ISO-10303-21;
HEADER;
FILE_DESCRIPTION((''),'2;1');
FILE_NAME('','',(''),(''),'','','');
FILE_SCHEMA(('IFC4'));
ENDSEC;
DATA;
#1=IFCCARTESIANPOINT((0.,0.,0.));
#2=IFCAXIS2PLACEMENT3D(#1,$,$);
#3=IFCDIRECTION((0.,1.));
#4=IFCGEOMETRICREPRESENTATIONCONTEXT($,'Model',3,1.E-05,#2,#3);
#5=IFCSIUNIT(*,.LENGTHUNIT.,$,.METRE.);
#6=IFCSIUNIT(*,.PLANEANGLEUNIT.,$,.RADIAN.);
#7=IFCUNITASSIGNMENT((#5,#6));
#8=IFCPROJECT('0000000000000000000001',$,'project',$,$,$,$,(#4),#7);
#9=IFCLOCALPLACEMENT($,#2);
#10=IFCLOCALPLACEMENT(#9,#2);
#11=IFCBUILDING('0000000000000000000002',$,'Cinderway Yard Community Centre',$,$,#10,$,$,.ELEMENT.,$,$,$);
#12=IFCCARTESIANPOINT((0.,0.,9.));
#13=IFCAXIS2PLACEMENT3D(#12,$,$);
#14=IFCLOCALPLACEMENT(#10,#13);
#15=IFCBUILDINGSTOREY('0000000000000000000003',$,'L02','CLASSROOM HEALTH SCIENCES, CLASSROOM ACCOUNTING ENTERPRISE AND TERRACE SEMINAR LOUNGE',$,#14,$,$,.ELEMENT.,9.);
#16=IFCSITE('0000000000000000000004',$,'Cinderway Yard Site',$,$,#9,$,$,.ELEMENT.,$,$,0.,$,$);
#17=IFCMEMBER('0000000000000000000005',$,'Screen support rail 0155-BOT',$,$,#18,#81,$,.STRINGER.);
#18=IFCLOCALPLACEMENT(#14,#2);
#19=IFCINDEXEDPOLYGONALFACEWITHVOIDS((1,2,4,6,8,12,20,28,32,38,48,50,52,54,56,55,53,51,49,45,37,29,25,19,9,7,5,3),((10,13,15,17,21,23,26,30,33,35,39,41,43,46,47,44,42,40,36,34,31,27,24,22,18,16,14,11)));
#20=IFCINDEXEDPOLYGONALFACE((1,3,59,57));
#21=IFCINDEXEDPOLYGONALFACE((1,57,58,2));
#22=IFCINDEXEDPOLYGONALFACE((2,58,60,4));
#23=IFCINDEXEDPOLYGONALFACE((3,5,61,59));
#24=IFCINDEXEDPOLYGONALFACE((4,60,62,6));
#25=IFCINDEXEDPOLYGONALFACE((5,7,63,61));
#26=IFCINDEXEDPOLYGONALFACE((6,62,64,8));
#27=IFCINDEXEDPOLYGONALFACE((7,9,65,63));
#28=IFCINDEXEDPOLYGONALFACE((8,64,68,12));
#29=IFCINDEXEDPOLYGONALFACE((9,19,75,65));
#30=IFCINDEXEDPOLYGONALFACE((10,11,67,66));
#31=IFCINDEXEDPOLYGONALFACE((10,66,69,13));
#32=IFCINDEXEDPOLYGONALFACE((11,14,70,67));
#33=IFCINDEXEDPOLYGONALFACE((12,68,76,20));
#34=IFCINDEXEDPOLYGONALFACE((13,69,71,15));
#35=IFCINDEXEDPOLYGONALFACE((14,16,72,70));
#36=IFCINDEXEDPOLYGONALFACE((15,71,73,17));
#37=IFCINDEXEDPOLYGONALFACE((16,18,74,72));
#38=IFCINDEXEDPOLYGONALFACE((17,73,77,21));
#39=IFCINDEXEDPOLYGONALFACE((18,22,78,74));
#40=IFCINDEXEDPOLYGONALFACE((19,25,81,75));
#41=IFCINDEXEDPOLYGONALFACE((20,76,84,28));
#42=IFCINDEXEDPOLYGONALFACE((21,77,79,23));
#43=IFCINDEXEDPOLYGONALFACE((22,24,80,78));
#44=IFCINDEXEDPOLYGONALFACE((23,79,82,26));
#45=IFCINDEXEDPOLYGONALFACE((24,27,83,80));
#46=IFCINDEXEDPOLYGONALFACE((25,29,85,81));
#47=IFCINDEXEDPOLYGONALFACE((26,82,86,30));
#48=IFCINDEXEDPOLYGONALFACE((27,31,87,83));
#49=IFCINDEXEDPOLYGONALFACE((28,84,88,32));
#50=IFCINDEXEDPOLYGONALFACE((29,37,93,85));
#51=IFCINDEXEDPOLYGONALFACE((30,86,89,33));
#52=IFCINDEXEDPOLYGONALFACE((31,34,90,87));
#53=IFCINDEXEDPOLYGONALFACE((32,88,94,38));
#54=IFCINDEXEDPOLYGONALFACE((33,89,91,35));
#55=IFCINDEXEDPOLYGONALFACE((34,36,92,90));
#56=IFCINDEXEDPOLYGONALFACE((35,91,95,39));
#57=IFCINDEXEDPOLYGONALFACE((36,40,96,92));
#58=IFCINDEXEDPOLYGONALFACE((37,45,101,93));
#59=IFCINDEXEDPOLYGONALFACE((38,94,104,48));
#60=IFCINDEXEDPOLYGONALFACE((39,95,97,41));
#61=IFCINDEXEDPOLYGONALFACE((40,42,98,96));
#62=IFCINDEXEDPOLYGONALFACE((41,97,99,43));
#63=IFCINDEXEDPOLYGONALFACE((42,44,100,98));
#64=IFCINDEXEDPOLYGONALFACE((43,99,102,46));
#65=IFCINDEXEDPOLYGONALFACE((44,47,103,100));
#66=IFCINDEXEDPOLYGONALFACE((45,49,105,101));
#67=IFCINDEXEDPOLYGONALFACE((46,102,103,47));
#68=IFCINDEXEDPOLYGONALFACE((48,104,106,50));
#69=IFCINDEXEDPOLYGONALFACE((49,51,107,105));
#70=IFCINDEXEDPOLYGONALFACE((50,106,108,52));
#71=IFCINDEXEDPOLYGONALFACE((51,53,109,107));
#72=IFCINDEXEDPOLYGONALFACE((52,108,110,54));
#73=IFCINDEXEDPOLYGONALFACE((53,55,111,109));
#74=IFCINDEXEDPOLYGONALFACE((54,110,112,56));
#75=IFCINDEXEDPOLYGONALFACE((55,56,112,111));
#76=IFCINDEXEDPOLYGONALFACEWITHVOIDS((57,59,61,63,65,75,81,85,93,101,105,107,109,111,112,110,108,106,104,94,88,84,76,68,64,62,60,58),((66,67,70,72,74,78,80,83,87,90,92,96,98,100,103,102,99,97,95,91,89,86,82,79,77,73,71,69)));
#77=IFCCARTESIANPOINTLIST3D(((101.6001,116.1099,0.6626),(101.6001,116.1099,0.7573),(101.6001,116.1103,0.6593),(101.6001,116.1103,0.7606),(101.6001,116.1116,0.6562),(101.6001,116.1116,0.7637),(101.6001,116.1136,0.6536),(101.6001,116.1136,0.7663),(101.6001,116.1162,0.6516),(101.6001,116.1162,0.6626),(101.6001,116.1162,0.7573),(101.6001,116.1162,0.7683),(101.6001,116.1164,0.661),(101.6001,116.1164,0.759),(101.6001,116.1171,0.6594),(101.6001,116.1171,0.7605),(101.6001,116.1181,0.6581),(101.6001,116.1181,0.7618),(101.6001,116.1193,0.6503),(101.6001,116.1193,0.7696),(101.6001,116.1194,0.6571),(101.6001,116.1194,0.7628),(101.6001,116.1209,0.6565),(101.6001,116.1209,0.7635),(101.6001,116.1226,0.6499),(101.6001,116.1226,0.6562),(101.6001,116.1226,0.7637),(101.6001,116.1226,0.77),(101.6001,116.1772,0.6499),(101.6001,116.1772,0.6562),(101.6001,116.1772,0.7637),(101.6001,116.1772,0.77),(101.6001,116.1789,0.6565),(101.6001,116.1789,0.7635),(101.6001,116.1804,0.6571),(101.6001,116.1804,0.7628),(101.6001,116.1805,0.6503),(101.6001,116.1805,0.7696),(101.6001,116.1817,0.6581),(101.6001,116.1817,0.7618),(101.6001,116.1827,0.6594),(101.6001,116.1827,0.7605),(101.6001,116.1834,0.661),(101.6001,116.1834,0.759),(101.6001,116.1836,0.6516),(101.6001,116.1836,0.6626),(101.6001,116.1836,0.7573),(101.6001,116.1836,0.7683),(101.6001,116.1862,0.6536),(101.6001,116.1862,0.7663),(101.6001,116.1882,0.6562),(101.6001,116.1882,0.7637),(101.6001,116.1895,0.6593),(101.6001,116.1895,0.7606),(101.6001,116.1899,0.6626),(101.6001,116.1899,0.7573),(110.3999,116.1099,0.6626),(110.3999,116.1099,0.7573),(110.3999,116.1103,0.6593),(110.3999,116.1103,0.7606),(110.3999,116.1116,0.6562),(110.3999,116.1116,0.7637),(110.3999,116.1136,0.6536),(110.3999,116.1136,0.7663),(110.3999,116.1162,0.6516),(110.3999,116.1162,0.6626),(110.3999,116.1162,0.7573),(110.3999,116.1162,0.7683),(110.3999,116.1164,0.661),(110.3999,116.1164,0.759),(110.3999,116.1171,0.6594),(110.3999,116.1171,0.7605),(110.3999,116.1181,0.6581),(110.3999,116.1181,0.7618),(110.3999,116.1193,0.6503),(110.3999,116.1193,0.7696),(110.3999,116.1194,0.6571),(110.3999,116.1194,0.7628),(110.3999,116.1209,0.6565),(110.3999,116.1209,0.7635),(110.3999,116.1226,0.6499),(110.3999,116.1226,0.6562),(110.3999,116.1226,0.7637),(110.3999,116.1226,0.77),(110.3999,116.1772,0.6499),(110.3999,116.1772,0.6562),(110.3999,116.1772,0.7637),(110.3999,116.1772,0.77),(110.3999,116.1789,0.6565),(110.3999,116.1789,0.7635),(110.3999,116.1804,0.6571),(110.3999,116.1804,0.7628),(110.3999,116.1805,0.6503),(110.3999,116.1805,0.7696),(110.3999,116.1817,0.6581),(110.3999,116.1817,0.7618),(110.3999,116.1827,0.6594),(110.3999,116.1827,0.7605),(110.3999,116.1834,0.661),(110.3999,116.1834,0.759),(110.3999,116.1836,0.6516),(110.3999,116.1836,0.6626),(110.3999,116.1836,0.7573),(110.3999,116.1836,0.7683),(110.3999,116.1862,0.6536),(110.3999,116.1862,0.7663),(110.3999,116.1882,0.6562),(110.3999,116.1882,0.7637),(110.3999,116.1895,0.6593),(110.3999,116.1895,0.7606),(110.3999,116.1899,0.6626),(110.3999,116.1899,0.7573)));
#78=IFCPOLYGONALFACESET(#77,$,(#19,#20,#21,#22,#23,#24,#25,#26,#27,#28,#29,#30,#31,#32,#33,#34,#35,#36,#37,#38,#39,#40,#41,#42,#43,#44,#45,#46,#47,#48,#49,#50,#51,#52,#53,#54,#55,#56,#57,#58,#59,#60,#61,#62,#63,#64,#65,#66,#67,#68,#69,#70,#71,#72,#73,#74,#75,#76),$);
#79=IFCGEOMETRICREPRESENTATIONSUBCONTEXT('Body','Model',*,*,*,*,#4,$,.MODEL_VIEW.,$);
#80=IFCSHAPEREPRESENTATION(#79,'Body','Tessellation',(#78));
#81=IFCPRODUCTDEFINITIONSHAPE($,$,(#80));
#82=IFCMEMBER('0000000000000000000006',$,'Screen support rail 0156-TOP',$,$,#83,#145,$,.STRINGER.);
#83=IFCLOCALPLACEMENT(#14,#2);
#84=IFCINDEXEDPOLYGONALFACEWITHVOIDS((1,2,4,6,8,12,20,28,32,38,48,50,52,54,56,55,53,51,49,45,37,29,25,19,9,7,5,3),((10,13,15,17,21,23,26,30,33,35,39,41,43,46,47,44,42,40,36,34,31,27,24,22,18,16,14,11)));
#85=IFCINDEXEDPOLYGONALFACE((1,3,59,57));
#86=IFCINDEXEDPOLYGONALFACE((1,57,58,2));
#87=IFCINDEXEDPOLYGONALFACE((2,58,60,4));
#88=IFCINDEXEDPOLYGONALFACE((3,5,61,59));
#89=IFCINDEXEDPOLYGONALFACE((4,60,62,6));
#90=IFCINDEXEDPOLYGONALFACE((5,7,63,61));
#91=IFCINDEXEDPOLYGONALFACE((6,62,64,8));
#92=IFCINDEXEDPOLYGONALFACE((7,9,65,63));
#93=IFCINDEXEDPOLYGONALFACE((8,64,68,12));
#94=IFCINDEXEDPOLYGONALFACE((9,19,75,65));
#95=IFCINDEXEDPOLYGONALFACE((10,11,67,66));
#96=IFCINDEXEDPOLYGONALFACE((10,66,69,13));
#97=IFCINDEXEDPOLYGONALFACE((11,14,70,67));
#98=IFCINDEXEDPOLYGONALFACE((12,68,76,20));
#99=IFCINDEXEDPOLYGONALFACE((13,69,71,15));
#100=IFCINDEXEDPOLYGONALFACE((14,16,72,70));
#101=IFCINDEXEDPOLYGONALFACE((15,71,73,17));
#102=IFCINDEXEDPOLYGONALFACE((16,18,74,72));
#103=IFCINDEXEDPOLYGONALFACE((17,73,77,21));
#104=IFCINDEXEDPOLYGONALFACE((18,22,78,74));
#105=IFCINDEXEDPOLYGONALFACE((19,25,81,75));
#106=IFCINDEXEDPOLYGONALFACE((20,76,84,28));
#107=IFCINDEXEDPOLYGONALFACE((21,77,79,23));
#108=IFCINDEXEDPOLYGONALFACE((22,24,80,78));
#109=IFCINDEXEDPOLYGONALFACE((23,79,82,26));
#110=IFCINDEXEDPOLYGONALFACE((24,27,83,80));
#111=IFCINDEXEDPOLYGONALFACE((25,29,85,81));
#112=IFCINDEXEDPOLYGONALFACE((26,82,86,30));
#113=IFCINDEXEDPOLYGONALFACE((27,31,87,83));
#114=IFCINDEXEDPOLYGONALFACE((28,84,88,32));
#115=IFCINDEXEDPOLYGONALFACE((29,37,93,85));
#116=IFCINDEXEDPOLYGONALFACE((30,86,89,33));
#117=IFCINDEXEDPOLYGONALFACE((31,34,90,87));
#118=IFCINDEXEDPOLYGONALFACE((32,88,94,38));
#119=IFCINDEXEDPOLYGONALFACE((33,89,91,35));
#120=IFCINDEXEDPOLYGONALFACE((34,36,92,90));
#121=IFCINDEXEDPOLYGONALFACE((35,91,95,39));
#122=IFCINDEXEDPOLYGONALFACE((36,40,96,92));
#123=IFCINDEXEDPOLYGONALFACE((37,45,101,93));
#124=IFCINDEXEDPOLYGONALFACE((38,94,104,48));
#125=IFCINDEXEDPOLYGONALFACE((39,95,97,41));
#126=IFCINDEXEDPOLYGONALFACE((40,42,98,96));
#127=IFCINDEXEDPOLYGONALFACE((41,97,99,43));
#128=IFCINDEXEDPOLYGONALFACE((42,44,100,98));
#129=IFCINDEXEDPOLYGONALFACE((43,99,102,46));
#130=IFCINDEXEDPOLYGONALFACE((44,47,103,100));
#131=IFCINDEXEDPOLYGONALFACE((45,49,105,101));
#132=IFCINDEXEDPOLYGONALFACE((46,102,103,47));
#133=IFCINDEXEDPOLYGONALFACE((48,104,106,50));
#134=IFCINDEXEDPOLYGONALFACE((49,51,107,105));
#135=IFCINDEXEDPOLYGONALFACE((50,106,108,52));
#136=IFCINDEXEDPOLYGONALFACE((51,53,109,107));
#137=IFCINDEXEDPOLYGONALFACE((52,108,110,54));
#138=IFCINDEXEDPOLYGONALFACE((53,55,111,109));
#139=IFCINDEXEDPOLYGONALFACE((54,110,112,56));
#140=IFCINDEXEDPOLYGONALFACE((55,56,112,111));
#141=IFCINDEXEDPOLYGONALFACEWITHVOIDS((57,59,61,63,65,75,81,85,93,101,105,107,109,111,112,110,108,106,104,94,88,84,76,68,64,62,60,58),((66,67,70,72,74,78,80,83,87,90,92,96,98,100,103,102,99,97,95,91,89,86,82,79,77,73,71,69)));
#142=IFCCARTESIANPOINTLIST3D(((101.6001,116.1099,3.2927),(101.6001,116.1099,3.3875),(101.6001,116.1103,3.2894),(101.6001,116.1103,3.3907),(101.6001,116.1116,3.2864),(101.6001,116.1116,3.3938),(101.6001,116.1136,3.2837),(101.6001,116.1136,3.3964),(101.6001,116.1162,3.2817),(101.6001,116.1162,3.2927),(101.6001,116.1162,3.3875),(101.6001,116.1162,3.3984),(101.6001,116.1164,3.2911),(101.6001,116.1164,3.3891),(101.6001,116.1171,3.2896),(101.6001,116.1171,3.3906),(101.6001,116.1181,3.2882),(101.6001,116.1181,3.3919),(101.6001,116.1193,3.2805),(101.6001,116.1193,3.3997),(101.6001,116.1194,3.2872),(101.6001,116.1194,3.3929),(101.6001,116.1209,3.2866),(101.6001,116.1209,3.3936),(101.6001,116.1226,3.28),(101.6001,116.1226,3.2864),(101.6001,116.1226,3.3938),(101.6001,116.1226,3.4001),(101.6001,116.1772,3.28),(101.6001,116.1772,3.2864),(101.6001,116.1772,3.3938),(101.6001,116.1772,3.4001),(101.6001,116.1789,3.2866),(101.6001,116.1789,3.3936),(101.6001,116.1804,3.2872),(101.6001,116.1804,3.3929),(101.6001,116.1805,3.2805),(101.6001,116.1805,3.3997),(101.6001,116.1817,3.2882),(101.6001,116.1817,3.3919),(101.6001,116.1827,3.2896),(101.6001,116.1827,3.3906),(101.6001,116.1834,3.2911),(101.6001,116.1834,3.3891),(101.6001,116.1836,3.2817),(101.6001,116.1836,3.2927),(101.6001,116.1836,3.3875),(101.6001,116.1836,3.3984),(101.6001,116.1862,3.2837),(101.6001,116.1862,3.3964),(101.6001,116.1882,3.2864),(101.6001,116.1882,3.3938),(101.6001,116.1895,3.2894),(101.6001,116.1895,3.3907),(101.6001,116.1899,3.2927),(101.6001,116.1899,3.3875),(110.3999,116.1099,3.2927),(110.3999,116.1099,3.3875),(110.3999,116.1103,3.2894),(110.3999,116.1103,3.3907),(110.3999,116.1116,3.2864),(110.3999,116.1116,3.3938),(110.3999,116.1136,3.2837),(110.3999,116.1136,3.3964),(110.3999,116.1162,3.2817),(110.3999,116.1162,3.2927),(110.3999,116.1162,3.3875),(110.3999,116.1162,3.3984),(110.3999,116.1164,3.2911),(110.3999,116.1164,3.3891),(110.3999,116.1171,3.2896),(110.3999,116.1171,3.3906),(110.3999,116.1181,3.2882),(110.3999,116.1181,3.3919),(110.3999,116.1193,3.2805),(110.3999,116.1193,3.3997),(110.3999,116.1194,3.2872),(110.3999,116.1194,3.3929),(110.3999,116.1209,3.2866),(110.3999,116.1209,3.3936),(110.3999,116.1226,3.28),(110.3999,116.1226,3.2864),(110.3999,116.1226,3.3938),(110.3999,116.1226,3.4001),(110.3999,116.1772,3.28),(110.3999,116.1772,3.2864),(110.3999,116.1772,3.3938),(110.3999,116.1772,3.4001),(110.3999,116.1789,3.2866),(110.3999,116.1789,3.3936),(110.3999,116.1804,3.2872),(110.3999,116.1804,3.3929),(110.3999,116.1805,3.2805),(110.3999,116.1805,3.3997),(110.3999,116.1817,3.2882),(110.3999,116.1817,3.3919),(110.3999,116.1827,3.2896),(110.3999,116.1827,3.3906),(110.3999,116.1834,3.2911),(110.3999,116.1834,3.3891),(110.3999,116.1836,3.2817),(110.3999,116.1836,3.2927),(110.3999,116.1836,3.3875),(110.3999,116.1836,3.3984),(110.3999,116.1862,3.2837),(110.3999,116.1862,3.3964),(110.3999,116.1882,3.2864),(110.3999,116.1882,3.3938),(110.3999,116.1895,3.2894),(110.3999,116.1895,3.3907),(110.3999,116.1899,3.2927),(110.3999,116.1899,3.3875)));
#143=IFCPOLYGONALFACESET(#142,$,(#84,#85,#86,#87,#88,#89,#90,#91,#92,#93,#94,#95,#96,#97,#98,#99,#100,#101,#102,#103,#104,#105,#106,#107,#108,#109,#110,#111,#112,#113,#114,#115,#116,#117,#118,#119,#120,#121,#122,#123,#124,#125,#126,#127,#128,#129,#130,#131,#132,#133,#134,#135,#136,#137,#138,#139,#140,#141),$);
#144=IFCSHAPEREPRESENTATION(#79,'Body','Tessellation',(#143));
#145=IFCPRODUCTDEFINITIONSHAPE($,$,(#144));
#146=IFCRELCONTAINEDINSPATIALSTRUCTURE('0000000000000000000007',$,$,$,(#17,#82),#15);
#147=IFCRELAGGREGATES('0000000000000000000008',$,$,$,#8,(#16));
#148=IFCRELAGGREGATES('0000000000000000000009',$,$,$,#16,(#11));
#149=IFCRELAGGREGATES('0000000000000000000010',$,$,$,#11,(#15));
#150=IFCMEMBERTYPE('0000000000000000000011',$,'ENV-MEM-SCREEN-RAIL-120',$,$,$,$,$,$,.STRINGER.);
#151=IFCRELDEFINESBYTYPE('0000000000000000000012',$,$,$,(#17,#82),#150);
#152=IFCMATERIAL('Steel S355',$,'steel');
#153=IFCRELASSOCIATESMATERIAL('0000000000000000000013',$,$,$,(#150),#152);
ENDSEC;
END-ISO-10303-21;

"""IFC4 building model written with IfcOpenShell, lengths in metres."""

from ifc_helpers import new_model, si_unit, direction, frame, origin, origin_2d, place, context, subcontext, project, spatial, hollow_rectangle, extrude, material, material_profile, profile_set, type_object, element, save


model = new_model("IFC4")

# Units and contexts
model_context = context("Model", 3, precision=1e-05, world=origin(), true_north=direction((0.0, 1.0)))
body_context = subcontext(model_context, "Body", "Model", "MODEL_VIEW")
ifc_project = project(units=[si_unit("LENGTHUNIT", "METRE"), si_unit("PLANEANGLEUNIT", "RADIAN")], contexts=[model_context])

# Site, building, storey
site_placement = place(None, origin())
site = spatial("IfcSite", under=ifc_project, at=site_placement, Name="Cinderway Yard Site", CompositionType="ELEMENT", RefElevation=0.0)
building_placement = place(site_placement, origin())
building = spatial("IfcBuilding", under=site, at=building_placement, Name="Cinderway Yard Community Centre", CompositionType="ELEMENT")
storey_placement = place(building_placement, frame((0.0, 0.0, 9.0)))
storey = spatial("IfcBuildingStorey", under=building, at=storey_placement, Name="L02", Description="CLASSROOM HEALTH SCIENCES, CLASSROOM ACCOUNTING ENTERPRISE AND TERRACE SEMINAR LOUNGE", CompositionType="ELEMENT", Elevation=9.0)

# Members
ifc_material_1 = material(Name="Steel S355", Category="steel")
ifc_material_profile = material_profile(ifc_material_1, hollow_rectangle(XDim=0.0801, YDim=0.1201, WallThickness=0.0063, InnerFilletRadius=0.0063, OuterFilletRadius=0.0127, at=origin_2d()), Name="Steel S355")
ifc_profile_set = profile_set([ifc_material_profile], Name="Steel S355")
member_type = type_object("IfcMemberType", Name="ENV-MEM-SCREEN-RAIL-120", PredefinedType="STRINGER", material=ifc_profile_set)
for number, where, z_axis, x_axis, name in (
    (1, (101.6001, 116.1499, 0.71), (1.0, 0.0, 0.0), (0.0, 1.0, 0.0), "Screen support rail 0155-BOT"),
    (2, (101.6001, 116.1499, 3.3401), (1.0, 0.0, 0.0), (0.0, 1.0, 0.0), "Screen support rail 0156-TOP"),
):
    element("IfcMember", number, at=place(storey_placement, frame(where, z_axis=z_axis, x_axis=x_axis)), inside=storey, type_object=member_type, Name=name, PredefinedType="STRINGER", context=body_context, shape_type="SweptSolid", body=[
        extrude(hollow_rectangle(XDim=0.0801, YDim=0.1201, WallThickness=0.0063, InnerFilletRadius=0.0063, OuterFilletRadius=0.0127, at=origin_2d()), origin(), (0.0, 0.0, 1.0), 8.7998),
    ])

save(model, "model.ifc")
